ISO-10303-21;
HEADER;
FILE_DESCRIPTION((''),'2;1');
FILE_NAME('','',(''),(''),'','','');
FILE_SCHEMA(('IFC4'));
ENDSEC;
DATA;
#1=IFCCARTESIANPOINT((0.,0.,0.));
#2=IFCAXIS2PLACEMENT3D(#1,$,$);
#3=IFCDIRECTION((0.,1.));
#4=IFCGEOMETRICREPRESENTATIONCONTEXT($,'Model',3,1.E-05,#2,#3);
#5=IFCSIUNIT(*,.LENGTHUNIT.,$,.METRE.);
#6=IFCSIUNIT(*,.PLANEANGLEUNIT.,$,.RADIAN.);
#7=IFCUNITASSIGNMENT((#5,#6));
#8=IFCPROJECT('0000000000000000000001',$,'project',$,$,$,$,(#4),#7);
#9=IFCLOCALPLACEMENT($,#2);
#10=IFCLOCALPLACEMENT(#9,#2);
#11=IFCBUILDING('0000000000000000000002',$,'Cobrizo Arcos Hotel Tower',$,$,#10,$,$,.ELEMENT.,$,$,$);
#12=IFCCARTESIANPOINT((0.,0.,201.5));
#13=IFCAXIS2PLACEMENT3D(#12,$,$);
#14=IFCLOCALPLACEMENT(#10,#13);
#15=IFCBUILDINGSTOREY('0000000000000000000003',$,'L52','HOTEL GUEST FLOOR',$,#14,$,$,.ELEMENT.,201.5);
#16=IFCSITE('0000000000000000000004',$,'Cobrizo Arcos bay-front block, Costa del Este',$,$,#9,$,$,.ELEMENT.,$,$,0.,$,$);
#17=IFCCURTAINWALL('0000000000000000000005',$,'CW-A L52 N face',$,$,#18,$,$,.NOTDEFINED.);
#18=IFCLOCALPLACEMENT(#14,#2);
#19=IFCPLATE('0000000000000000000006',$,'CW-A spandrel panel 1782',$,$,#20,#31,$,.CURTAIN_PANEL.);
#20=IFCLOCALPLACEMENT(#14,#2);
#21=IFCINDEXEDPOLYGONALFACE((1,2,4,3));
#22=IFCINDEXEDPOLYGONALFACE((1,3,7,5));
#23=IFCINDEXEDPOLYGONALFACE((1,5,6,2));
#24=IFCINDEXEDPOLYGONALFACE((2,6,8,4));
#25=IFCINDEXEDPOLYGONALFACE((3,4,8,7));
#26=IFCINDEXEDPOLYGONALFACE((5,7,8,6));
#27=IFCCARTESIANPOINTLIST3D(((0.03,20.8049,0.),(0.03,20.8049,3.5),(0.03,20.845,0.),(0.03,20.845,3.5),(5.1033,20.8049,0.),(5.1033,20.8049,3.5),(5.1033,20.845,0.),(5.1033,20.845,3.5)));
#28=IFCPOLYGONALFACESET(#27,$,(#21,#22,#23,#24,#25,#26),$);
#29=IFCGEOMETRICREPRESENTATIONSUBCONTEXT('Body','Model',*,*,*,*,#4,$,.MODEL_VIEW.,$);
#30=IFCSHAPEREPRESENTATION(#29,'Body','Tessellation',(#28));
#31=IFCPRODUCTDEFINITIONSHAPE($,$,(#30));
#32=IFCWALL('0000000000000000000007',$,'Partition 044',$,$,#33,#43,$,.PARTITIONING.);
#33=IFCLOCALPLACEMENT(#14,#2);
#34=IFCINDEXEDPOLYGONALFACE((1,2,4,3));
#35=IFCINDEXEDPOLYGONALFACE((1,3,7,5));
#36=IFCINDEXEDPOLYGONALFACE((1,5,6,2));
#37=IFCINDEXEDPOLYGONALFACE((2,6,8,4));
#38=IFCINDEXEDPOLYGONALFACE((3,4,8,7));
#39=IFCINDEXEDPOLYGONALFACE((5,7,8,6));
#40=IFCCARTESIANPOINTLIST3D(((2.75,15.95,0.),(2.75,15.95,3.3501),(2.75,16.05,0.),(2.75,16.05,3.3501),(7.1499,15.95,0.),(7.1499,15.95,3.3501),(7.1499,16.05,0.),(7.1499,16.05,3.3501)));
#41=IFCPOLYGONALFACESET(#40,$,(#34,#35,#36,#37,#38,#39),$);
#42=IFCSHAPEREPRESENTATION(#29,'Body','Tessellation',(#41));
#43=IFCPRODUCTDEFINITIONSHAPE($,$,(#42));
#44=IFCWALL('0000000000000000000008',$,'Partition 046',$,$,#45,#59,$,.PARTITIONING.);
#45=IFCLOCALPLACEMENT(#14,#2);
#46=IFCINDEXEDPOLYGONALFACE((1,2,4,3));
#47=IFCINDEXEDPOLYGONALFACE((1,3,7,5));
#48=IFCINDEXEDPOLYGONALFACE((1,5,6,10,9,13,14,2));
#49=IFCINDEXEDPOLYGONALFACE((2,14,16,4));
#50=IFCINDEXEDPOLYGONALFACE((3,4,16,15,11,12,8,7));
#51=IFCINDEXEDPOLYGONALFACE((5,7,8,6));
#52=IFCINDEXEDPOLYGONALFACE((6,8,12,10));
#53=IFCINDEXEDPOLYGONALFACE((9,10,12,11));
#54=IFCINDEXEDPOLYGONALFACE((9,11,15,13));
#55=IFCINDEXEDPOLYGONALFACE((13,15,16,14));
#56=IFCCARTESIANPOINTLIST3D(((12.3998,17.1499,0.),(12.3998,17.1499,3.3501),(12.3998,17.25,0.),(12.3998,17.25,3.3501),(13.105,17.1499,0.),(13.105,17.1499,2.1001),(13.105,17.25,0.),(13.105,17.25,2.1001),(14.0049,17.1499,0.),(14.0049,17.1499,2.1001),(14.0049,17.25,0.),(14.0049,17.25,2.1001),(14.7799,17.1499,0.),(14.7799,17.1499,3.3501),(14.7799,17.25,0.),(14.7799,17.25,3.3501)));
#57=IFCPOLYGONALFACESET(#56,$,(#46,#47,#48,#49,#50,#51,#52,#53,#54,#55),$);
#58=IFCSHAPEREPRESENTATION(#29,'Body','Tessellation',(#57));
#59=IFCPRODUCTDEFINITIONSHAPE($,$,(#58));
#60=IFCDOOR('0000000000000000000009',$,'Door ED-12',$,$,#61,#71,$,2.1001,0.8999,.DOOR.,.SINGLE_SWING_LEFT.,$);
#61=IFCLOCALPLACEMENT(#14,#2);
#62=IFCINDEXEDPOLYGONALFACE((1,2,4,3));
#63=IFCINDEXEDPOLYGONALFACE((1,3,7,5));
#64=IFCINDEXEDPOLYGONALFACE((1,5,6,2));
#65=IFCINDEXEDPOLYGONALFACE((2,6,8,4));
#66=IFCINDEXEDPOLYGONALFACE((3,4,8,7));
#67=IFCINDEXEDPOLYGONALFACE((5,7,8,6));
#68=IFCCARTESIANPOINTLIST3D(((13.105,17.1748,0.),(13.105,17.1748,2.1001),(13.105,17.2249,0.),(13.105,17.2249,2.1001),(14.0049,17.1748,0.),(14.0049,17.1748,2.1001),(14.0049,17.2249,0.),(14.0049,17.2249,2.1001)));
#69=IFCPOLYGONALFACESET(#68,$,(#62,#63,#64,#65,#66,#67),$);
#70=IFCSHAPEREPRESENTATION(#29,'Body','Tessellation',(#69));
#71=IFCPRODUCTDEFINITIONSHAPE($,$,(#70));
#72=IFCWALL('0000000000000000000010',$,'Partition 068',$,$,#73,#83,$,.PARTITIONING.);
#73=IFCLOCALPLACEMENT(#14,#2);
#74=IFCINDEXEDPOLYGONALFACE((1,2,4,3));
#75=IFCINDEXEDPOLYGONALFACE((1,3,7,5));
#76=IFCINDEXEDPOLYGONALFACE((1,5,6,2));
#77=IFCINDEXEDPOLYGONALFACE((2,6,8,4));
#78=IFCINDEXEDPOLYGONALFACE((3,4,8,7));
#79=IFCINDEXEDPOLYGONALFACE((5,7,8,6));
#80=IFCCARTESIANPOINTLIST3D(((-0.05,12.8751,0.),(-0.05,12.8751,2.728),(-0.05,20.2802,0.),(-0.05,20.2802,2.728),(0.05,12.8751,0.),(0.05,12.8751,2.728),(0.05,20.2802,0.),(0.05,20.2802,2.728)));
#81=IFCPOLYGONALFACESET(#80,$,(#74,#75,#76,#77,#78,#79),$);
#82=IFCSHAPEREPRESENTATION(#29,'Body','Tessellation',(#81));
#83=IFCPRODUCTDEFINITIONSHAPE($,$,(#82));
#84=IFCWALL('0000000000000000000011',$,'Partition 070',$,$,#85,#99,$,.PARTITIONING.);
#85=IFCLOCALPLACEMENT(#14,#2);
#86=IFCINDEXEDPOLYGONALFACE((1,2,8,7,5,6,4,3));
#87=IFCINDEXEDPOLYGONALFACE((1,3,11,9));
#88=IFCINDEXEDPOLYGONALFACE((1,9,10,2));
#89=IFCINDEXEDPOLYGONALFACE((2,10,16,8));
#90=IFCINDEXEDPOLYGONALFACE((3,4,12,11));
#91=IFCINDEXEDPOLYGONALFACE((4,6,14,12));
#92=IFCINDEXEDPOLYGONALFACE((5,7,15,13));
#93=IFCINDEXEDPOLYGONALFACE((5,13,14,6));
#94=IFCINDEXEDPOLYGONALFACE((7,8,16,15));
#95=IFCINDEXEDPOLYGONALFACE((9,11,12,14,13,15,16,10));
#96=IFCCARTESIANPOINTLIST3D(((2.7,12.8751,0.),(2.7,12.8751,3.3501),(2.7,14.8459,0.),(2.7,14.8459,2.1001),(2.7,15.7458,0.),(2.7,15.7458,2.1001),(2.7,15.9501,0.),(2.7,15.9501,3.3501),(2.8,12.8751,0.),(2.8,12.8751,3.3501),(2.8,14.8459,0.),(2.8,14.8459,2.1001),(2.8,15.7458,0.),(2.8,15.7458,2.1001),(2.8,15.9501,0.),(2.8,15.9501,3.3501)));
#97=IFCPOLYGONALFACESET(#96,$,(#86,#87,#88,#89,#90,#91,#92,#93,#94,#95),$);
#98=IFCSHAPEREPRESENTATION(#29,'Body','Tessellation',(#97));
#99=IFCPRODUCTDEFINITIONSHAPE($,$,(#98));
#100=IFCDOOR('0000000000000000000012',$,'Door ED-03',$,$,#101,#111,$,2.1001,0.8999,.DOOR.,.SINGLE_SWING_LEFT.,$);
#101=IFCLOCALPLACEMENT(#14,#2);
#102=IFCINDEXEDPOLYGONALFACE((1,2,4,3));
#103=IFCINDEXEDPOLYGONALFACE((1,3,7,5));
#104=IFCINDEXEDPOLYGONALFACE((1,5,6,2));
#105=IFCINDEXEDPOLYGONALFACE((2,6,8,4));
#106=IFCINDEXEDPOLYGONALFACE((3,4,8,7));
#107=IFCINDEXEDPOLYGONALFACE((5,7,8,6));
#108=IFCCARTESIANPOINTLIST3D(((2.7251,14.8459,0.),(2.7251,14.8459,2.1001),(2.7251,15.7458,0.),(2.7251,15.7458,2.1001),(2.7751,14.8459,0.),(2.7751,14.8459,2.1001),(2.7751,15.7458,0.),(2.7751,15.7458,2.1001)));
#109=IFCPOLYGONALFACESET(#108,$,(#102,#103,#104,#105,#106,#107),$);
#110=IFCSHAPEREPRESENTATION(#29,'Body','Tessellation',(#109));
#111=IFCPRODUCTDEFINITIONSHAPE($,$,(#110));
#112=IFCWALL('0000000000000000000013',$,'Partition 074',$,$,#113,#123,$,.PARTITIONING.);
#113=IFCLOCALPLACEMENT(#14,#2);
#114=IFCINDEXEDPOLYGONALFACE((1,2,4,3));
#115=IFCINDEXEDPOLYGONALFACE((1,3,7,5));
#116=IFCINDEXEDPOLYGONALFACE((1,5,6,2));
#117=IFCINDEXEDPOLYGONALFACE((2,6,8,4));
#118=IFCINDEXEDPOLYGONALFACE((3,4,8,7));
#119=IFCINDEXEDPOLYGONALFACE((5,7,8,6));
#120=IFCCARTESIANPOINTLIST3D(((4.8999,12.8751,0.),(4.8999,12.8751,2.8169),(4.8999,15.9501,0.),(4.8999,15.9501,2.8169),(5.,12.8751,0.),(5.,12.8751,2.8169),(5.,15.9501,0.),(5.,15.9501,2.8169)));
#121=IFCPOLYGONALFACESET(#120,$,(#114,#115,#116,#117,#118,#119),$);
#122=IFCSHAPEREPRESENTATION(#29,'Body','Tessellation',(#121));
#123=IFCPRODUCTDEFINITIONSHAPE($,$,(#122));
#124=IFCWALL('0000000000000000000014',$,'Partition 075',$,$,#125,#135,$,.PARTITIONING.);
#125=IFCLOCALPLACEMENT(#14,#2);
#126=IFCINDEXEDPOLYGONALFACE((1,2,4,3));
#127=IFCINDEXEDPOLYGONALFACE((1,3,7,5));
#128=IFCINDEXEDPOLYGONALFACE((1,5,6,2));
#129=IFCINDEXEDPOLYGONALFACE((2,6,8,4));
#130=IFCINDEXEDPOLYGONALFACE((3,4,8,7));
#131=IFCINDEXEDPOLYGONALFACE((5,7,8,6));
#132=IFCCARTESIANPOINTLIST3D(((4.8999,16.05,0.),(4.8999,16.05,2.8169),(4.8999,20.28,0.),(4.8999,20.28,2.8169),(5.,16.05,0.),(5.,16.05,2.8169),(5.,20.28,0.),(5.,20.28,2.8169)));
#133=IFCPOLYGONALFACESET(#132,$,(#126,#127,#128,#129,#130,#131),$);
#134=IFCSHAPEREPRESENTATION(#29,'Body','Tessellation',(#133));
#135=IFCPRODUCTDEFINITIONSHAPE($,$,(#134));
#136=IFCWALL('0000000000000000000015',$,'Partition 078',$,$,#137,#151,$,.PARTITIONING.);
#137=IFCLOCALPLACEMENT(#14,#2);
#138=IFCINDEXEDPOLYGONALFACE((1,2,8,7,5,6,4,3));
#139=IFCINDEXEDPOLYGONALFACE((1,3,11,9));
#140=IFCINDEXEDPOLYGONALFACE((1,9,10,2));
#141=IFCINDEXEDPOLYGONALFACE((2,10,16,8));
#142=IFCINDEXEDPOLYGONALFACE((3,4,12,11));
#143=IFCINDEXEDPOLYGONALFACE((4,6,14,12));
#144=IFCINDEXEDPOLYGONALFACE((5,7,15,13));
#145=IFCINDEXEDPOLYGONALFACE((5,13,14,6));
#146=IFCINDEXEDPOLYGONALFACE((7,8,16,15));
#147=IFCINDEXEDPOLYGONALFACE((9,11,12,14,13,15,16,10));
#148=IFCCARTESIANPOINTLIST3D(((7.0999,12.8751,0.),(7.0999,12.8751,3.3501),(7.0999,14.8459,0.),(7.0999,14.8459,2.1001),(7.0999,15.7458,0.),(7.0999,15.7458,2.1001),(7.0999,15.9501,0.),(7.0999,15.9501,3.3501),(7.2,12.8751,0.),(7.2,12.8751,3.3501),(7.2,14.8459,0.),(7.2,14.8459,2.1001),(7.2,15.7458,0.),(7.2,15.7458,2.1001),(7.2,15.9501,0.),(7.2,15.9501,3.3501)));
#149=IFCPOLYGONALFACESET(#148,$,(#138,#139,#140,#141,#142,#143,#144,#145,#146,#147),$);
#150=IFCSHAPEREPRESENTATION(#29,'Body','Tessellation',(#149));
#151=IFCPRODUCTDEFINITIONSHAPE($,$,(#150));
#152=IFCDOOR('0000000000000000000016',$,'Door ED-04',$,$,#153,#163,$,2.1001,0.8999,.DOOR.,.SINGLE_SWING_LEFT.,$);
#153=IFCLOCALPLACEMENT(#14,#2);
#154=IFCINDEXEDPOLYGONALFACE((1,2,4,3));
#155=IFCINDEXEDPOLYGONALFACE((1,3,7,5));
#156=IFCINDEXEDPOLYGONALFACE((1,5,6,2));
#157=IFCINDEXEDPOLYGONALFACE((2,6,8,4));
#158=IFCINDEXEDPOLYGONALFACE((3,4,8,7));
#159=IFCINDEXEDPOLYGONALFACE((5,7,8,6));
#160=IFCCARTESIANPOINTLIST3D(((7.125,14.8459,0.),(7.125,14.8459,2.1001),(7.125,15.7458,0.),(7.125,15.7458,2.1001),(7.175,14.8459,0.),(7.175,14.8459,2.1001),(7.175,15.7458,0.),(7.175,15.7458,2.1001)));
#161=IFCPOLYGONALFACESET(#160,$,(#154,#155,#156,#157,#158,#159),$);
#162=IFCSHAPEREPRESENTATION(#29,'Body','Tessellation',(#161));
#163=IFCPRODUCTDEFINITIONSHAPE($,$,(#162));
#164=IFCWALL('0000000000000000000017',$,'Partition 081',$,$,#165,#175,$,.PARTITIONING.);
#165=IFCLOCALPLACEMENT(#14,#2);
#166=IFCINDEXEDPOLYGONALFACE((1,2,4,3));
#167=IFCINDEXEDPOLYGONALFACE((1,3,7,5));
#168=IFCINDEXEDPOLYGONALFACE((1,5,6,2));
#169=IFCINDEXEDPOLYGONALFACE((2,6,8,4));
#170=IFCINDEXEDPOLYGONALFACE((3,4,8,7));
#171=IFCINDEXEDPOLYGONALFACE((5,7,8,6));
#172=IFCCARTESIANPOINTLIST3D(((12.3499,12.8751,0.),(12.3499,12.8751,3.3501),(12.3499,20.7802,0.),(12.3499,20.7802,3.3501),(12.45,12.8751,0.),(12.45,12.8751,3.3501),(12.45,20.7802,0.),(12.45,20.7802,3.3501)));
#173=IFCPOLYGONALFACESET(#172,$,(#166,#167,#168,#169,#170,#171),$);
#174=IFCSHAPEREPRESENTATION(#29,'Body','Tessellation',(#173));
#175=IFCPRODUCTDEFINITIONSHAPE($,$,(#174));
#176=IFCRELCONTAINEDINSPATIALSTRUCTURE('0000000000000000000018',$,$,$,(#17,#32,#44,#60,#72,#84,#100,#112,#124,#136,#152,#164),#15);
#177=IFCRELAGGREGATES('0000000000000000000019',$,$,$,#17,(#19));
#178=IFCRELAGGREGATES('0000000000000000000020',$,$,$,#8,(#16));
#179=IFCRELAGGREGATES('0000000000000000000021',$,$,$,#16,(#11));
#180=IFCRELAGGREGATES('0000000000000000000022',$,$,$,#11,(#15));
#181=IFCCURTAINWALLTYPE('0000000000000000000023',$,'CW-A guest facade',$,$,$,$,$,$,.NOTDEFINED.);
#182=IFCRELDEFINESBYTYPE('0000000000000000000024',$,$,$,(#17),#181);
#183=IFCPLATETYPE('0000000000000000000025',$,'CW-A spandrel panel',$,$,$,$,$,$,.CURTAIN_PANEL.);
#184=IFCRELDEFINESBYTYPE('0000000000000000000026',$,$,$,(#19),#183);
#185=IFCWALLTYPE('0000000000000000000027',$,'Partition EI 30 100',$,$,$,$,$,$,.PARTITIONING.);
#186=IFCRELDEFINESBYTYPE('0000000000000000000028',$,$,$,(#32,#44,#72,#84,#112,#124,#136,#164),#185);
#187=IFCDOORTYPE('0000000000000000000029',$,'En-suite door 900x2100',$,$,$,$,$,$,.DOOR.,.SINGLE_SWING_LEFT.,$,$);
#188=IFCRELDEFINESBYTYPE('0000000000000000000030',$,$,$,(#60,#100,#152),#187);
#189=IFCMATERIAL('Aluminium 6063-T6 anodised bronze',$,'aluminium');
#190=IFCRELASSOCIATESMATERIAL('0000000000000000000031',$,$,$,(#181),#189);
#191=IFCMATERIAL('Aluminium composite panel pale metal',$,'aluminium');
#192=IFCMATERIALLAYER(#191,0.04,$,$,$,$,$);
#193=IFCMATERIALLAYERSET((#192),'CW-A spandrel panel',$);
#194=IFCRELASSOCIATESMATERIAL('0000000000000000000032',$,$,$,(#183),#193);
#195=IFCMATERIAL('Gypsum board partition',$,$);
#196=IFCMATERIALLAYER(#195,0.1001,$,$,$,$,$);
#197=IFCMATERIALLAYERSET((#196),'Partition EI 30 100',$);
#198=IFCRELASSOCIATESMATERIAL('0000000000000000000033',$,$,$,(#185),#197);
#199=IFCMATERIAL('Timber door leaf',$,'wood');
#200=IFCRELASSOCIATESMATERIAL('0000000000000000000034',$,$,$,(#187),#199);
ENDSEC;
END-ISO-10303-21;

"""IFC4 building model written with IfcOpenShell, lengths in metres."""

from ifc_helpers import new_model, si_unit, direction, frame, frame_2d, origin, origin_2d, place, context, subcontext, project, spatial, rectangle, extrude, material, layer, layer_set, type_object, element, fill, aggregate, save


model = new_model("IFC4")

# Units and contexts
model_context = context("Model", 3, precision=1e-05, world=origin(), true_north=direction((0.0, 1.0)))
body_context = subcontext(model_context, "Body", "Model", "MODEL_VIEW")
ifc_project = project(units=[si_unit("LENGTHUNIT", "METRE"), si_unit("PLANEANGLEUNIT", "RADIAN")], contexts=[model_context])

# Site, building, storey
site_placement = place(None, origin())
site = spatial("IfcSite", under=ifc_project, at=site_placement, Name="Cobrizo Arcos bay-front block, Costa del Este", CompositionType="ELEMENT", RefElevation=0.0)
building_placement = place(site_placement, origin())
building = spatial("IfcBuilding", under=site, at=building_placement, Name="Cobrizo Arcos Hotel Tower", CompositionType="ELEMENT")
storey_placement = place(building_placement, frame((0.0, 0.0, 201.5)))
storey = spatial("IfcBuildingStorey", under=building, at=storey_placement, Name="L52", Description="HOTEL GUEST FLOOR", CompositionType="ELEMENT", Elevation=201.5)

# Curtain wall
ifc_material_1 = material(Name="Aluminium 6063-T6 anodised bronze", Category="aluminium")
curtain_wall_type = type_object("IfcCurtainWallType", Name="CW-A guest facade", PredefinedType="NOTDEFINED", material=ifc_material_1)
curtain_wall_placement = place(storey_placement, origin())
curtain_wall = element("IfcCurtainWall", 1, at=curtain_wall_placement, inside=storey, type_object=curtain_wall_type, Name="CW-A L52 N face", PredefinedType="NOTDEFINED")

# Plate
ifc_material_2 = material(Name="Aluminium composite panel pale metal", Category="aluminium")
ifc_layer_1 = layer(ifc_material_2, 0.04)
ifc_layer_set_1 = layer_set([ifc_layer_1], Name="CW-A spandrel panel")
plate_type_1 = type_object("IfcPlateType", Name="CW-A spandrel panel", PredefinedType="CURTAIN_PANEL", material=ifc_layer_set_1)
plate_1_placement = place(storey_placement, frame((2.5667, 20.825, 0.0), z_axis=(0.0, 0.0, 1.0), x_axis=(-1.0, 0.0, 0.0)))
plate_1 = element("IfcPlate", 2, at=plate_1_placement, type_object=plate_type_1, Name="CW-A spandrel panel 1782", PredefinedType="CURTAIN_PANEL", context=body_context, shape_type="SweptSolid", body=[
    extrude(rectangle(XDim=5.0732, YDim=0.04, at=origin_2d()), origin(), (0.0, 0.0, 1.0), 3.5),
])
aggregate(curtain_wall, [plate_1])

# Wall
ifc_material_3 = material(Name="Gypsum board partition")
ifc_layer_2 = layer(ifc_material_3, 0.1001)
ifc_layer_set_2 = layer_set([ifc_layer_2], Name="Partition EI 30 100")
wall_type = type_object("IfcWallType", Name="Partition EI 30 100", PredefinedType="PARTITIONING", material=ifc_layer_set_2)
wall_1_placement = place(storey_placement, frame((2.75, 16.0, 0.0), z_axis=(0.0, 0.0, 1.0), x_axis=(1.0, 0.0, 0.0)))
element("IfcWall", 3, at=wall_1_placement, inside=storey, type_object=wall_type, Name="Partition 044", PredefinedType="PARTITIONING", context=body_context, shape_type="SweptSolid", body=[
    extrude(rectangle(XDim=4.3999, YDim=0.1001, at=frame_2d((2.2, 0.0))), origin(), (0.0, 0.0, 1.0), 3.3501),
])

# Wall, opening, door
wall_2_placement = place(storey_placement, frame((12.3999, 17.2, 0.0), z_axis=(0.0, 0.0, 1.0), x_axis=(1.0, 0.0, 0.0)))
wall_2 = element("IfcWall", 4, at=wall_2_placement, inside=storey, type_object=wall_type, Name="Partition 046", PredefinedType="PARTITIONING", context=body_context, shape_type="SweptSolid", body=[
    extrude(rectangle(XDim=2.3801, YDim=0.1001, at=frame_2d((1.1899, 0.0))), origin(), (0.0, 0.0, 1.0), 3.3501),
])
opening_1_placement = place(wall_2_placement, frame((0.7051, 0.0, 0.0)))
opening_1 = element("IfcOpeningElement", 5, at=opening_1_placement, cuts=wall_2, PredefinedType="OPENING", context=body_context, shape_type="SweptSolid", body=[
    extrude(rectangle(XDim=0.8999, YDim=2.1001, at=frame_2d((0.45, 1.05))), frame((0.0, 0.062, 0.0), z_axis=(0.0, -1.0, 0.0), x_axis=(1.0, 0.0, 0.0)), (0.0, 0.0, 1.0), 0.124),
])
ifc_material_4 = material(Name="Timber door leaf", Category="wood")
door_type = type_object("IfcDoorType", Name="En-suite door 900x2100", OperationType="SINGLE_SWING_LEFT", PredefinedType="DOOR", material=ifc_material_4)
door_1_placement = place(opening_1_placement, origin())
door_1 = element("IfcDoor", 6, at=door_1_placement, inside=storey, type_object=door_type, Name="Door ED-12", OperationType="SINGLE_SWING_LEFT", OverallHeight=2.1001, OverallWidth=0.8999, PredefinedType="DOOR", context=body_context, shape_type="SweptSolid", body=[
    extrude(rectangle(XDim=0.8999, YDim=2.1001, at=frame_2d((0.45, 1.05))), frame((0.0, 0.0249, 0.0), z_axis=(0.0, -1.0, 0.0), x_axis=(1.0, 0.0, 0.0)), (0.0, 0.0, 1.0), 0.05),
])
fill(opening_1, door_1)

# Wall
wall_3_placement = place(storey_placement, frame((0.0, 12.875, 0.0), z_axis=(0.0, 0.0, 1.0), x_axis=(0.0, 1.0, 0.0)))
element("IfcWall", 7, at=wall_3_placement, inside=storey, type_object=wall_type, Name="Partition 068", PredefinedType="PARTITIONING", context=body_context, shape_type="SweptSolid", body=[
    extrude(rectangle(XDim=7.405, YDim=0.1001, at=frame_2d((3.7026, 0.0))), origin(), (0.0, 0.0, 1.0), 2.728),
])

# Wall, opening, door
wall_4_placement = place(storey_placement, frame((2.75, 12.875, 0.0), z_axis=(0.0, 0.0, 1.0), x_axis=(0.0, 1.0, 0.0)))
wall_4 = element("IfcWall", 8, at=wall_4_placement, inside=storey, type_object=wall_type, Name="Partition 070", PredefinedType="PARTITIONING", context=body_context, shape_type="SweptSolid", body=[
    extrude(rectangle(XDim=3.075, YDim=0.1001, at=frame_2d((1.5376, 0.0))), origin(), (0.0, 0.0, 1.0), 3.3501),
])
opening_2_placement = place(wall_4_placement, frame((1.9709, 0.0, 0.0)))
opening_2 = element("IfcOpeningElement", 9, at=opening_2_placement, cuts=wall_4, PredefinedType="OPENING", context=body_context, shape_type="SweptSolid", body=[
    extrude(rectangle(XDim=0.8999, YDim=2.1001, at=frame_2d((0.45, 1.05))), frame((0.0, 0.062, 0.0), z_axis=(0.0, -1.0, 0.0), x_axis=(1.0, 0.0, 0.0)), (0.0, 0.0, 1.0), 0.124),
])
door_2_placement = place(opening_2_placement, origin())
door_2 = element("IfcDoor", 10, at=door_2_placement, inside=storey, type_object=door_type, Name="Door ED-03", OperationType="SINGLE_SWING_LEFT", OverallHeight=2.1001, OverallWidth=0.8999, PredefinedType="DOOR", context=body_context, shape_type="SweptSolid", body=[
    extrude(rectangle(XDim=0.8999, YDim=2.1001, at=frame_2d((0.45, 1.05))), frame((0.0, 0.0249, 0.0), z_axis=(0.0, -1.0, 0.0), x_axis=(1.0, 0.0, 0.0)), (0.0, 0.0, 1.0), 0.05),
])
fill(opening_2, door_2)

# Walls
wall_5_placement = place(storey_placement, frame((4.95, 12.875, 0.0), z_axis=(0.0, 0.0, 1.0), x_axis=(0.0, 1.0, 0.0)))
element("IfcWall", 11, at=wall_5_placement, inside=storey, type_object=wall_type, Name="Partition 074", PredefinedType="PARTITIONING", context=body_context, shape_type="SweptSolid", body=[
    extrude(rectangle(XDim=3.075, YDim=0.1001, at=frame_2d((1.5376, 0.0))), origin(), (0.0, 0.0, 1.0), 2.8169),
])
wall_6_placement = place(storey_placement, frame((4.95, 16.05, 0.0), z_axis=(0.0, 0.0, 1.0), x_axis=(0.0, 1.0, 0.0)))
element("IfcWall", 12, at=wall_6_placement, inside=storey, type_object=wall_type, Name="Partition 075", PredefinedType="PARTITIONING", context=body_context, shape_type="SweptSolid", body=[
    extrude(rectangle(XDim=4.23, YDim=0.1001, at=frame_2d((2.115, 0.0))), origin(), (0.0, 0.0, 1.0), 2.8169),
])

# Wall, opening, door
wall_7_placement = place(storey_placement, frame((7.1499, 12.875, 0.0), z_axis=(0.0, 0.0, 1.0), x_axis=(0.0, 1.0, 0.0)))
wall_7 = element("IfcWall", 13, at=wall_7_placement, inside=storey, type_object=wall_type, Name="Partition 078", PredefinedType="PARTITIONING", context=body_context, shape_type="SweptSolid", body=[
    extrude(rectangle(XDim=3.075, YDim=0.1001, at=frame_2d((1.5376, 0.0))), origin(), (0.0, 0.0, 1.0), 3.3501),
])
opening_3_placement = place(wall_7_placement, frame((1.9709, 0.0, 0.0)))
opening_3 = element("IfcOpeningElement", 14, at=opening_3_placement, cuts=wall_7, PredefinedType="OPENING", context=body_context, shape_type="SweptSolid", body=[
    extrude(rectangle(XDim=0.8999, YDim=2.1001, at=frame_2d((0.45, 1.05))), frame((0.0, 0.062, 0.0), z_axis=(0.0, -1.0, 0.0), x_axis=(1.0, 0.0, 0.0)), (0.0, 0.0, 1.0), 0.124),
])
door_3_placement = place(opening_3_placement, origin())
door_3 = element("IfcDoor", 15, at=door_3_placement, inside=storey, type_object=door_type, Name="Door ED-04", OperationType="SINGLE_SWING_LEFT", OverallHeight=2.1001, OverallWidth=0.8999, PredefinedType="DOOR", context=body_context, shape_type="SweptSolid", body=[
    extrude(rectangle(XDim=0.8999, YDim=2.1001, at=frame_2d((0.45, 1.05))), frame((0.0, 0.0249, 0.0), z_axis=(0.0, -1.0, 0.0), x_axis=(1.0, 0.0, 0.0)), (0.0, 0.0, 1.0), 0.05),
])
fill(opening_3, door_3)

# Wall
wall_8_placement = place(storey_placement, frame((12.3999, 12.875, 0.0), z_axis=(0.0, 0.0, 1.0), x_axis=(0.0, 1.0, 0.0)))
element("IfcWall", 16, at=wall_8_placement, inside=storey, type_object=wall_type, Name="Partition 081", PredefinedType="PARTITIONING", context=body_context, shape_type="SweptSolid", body=[
    extrude(rectangle(XDim=7.905, YDim=0.1001, at=frame_2d((3.9526, 0.0))), origin(), (0.0, 0.0, 1.0), 3.3501),
])

save(model, "model.ifc")
